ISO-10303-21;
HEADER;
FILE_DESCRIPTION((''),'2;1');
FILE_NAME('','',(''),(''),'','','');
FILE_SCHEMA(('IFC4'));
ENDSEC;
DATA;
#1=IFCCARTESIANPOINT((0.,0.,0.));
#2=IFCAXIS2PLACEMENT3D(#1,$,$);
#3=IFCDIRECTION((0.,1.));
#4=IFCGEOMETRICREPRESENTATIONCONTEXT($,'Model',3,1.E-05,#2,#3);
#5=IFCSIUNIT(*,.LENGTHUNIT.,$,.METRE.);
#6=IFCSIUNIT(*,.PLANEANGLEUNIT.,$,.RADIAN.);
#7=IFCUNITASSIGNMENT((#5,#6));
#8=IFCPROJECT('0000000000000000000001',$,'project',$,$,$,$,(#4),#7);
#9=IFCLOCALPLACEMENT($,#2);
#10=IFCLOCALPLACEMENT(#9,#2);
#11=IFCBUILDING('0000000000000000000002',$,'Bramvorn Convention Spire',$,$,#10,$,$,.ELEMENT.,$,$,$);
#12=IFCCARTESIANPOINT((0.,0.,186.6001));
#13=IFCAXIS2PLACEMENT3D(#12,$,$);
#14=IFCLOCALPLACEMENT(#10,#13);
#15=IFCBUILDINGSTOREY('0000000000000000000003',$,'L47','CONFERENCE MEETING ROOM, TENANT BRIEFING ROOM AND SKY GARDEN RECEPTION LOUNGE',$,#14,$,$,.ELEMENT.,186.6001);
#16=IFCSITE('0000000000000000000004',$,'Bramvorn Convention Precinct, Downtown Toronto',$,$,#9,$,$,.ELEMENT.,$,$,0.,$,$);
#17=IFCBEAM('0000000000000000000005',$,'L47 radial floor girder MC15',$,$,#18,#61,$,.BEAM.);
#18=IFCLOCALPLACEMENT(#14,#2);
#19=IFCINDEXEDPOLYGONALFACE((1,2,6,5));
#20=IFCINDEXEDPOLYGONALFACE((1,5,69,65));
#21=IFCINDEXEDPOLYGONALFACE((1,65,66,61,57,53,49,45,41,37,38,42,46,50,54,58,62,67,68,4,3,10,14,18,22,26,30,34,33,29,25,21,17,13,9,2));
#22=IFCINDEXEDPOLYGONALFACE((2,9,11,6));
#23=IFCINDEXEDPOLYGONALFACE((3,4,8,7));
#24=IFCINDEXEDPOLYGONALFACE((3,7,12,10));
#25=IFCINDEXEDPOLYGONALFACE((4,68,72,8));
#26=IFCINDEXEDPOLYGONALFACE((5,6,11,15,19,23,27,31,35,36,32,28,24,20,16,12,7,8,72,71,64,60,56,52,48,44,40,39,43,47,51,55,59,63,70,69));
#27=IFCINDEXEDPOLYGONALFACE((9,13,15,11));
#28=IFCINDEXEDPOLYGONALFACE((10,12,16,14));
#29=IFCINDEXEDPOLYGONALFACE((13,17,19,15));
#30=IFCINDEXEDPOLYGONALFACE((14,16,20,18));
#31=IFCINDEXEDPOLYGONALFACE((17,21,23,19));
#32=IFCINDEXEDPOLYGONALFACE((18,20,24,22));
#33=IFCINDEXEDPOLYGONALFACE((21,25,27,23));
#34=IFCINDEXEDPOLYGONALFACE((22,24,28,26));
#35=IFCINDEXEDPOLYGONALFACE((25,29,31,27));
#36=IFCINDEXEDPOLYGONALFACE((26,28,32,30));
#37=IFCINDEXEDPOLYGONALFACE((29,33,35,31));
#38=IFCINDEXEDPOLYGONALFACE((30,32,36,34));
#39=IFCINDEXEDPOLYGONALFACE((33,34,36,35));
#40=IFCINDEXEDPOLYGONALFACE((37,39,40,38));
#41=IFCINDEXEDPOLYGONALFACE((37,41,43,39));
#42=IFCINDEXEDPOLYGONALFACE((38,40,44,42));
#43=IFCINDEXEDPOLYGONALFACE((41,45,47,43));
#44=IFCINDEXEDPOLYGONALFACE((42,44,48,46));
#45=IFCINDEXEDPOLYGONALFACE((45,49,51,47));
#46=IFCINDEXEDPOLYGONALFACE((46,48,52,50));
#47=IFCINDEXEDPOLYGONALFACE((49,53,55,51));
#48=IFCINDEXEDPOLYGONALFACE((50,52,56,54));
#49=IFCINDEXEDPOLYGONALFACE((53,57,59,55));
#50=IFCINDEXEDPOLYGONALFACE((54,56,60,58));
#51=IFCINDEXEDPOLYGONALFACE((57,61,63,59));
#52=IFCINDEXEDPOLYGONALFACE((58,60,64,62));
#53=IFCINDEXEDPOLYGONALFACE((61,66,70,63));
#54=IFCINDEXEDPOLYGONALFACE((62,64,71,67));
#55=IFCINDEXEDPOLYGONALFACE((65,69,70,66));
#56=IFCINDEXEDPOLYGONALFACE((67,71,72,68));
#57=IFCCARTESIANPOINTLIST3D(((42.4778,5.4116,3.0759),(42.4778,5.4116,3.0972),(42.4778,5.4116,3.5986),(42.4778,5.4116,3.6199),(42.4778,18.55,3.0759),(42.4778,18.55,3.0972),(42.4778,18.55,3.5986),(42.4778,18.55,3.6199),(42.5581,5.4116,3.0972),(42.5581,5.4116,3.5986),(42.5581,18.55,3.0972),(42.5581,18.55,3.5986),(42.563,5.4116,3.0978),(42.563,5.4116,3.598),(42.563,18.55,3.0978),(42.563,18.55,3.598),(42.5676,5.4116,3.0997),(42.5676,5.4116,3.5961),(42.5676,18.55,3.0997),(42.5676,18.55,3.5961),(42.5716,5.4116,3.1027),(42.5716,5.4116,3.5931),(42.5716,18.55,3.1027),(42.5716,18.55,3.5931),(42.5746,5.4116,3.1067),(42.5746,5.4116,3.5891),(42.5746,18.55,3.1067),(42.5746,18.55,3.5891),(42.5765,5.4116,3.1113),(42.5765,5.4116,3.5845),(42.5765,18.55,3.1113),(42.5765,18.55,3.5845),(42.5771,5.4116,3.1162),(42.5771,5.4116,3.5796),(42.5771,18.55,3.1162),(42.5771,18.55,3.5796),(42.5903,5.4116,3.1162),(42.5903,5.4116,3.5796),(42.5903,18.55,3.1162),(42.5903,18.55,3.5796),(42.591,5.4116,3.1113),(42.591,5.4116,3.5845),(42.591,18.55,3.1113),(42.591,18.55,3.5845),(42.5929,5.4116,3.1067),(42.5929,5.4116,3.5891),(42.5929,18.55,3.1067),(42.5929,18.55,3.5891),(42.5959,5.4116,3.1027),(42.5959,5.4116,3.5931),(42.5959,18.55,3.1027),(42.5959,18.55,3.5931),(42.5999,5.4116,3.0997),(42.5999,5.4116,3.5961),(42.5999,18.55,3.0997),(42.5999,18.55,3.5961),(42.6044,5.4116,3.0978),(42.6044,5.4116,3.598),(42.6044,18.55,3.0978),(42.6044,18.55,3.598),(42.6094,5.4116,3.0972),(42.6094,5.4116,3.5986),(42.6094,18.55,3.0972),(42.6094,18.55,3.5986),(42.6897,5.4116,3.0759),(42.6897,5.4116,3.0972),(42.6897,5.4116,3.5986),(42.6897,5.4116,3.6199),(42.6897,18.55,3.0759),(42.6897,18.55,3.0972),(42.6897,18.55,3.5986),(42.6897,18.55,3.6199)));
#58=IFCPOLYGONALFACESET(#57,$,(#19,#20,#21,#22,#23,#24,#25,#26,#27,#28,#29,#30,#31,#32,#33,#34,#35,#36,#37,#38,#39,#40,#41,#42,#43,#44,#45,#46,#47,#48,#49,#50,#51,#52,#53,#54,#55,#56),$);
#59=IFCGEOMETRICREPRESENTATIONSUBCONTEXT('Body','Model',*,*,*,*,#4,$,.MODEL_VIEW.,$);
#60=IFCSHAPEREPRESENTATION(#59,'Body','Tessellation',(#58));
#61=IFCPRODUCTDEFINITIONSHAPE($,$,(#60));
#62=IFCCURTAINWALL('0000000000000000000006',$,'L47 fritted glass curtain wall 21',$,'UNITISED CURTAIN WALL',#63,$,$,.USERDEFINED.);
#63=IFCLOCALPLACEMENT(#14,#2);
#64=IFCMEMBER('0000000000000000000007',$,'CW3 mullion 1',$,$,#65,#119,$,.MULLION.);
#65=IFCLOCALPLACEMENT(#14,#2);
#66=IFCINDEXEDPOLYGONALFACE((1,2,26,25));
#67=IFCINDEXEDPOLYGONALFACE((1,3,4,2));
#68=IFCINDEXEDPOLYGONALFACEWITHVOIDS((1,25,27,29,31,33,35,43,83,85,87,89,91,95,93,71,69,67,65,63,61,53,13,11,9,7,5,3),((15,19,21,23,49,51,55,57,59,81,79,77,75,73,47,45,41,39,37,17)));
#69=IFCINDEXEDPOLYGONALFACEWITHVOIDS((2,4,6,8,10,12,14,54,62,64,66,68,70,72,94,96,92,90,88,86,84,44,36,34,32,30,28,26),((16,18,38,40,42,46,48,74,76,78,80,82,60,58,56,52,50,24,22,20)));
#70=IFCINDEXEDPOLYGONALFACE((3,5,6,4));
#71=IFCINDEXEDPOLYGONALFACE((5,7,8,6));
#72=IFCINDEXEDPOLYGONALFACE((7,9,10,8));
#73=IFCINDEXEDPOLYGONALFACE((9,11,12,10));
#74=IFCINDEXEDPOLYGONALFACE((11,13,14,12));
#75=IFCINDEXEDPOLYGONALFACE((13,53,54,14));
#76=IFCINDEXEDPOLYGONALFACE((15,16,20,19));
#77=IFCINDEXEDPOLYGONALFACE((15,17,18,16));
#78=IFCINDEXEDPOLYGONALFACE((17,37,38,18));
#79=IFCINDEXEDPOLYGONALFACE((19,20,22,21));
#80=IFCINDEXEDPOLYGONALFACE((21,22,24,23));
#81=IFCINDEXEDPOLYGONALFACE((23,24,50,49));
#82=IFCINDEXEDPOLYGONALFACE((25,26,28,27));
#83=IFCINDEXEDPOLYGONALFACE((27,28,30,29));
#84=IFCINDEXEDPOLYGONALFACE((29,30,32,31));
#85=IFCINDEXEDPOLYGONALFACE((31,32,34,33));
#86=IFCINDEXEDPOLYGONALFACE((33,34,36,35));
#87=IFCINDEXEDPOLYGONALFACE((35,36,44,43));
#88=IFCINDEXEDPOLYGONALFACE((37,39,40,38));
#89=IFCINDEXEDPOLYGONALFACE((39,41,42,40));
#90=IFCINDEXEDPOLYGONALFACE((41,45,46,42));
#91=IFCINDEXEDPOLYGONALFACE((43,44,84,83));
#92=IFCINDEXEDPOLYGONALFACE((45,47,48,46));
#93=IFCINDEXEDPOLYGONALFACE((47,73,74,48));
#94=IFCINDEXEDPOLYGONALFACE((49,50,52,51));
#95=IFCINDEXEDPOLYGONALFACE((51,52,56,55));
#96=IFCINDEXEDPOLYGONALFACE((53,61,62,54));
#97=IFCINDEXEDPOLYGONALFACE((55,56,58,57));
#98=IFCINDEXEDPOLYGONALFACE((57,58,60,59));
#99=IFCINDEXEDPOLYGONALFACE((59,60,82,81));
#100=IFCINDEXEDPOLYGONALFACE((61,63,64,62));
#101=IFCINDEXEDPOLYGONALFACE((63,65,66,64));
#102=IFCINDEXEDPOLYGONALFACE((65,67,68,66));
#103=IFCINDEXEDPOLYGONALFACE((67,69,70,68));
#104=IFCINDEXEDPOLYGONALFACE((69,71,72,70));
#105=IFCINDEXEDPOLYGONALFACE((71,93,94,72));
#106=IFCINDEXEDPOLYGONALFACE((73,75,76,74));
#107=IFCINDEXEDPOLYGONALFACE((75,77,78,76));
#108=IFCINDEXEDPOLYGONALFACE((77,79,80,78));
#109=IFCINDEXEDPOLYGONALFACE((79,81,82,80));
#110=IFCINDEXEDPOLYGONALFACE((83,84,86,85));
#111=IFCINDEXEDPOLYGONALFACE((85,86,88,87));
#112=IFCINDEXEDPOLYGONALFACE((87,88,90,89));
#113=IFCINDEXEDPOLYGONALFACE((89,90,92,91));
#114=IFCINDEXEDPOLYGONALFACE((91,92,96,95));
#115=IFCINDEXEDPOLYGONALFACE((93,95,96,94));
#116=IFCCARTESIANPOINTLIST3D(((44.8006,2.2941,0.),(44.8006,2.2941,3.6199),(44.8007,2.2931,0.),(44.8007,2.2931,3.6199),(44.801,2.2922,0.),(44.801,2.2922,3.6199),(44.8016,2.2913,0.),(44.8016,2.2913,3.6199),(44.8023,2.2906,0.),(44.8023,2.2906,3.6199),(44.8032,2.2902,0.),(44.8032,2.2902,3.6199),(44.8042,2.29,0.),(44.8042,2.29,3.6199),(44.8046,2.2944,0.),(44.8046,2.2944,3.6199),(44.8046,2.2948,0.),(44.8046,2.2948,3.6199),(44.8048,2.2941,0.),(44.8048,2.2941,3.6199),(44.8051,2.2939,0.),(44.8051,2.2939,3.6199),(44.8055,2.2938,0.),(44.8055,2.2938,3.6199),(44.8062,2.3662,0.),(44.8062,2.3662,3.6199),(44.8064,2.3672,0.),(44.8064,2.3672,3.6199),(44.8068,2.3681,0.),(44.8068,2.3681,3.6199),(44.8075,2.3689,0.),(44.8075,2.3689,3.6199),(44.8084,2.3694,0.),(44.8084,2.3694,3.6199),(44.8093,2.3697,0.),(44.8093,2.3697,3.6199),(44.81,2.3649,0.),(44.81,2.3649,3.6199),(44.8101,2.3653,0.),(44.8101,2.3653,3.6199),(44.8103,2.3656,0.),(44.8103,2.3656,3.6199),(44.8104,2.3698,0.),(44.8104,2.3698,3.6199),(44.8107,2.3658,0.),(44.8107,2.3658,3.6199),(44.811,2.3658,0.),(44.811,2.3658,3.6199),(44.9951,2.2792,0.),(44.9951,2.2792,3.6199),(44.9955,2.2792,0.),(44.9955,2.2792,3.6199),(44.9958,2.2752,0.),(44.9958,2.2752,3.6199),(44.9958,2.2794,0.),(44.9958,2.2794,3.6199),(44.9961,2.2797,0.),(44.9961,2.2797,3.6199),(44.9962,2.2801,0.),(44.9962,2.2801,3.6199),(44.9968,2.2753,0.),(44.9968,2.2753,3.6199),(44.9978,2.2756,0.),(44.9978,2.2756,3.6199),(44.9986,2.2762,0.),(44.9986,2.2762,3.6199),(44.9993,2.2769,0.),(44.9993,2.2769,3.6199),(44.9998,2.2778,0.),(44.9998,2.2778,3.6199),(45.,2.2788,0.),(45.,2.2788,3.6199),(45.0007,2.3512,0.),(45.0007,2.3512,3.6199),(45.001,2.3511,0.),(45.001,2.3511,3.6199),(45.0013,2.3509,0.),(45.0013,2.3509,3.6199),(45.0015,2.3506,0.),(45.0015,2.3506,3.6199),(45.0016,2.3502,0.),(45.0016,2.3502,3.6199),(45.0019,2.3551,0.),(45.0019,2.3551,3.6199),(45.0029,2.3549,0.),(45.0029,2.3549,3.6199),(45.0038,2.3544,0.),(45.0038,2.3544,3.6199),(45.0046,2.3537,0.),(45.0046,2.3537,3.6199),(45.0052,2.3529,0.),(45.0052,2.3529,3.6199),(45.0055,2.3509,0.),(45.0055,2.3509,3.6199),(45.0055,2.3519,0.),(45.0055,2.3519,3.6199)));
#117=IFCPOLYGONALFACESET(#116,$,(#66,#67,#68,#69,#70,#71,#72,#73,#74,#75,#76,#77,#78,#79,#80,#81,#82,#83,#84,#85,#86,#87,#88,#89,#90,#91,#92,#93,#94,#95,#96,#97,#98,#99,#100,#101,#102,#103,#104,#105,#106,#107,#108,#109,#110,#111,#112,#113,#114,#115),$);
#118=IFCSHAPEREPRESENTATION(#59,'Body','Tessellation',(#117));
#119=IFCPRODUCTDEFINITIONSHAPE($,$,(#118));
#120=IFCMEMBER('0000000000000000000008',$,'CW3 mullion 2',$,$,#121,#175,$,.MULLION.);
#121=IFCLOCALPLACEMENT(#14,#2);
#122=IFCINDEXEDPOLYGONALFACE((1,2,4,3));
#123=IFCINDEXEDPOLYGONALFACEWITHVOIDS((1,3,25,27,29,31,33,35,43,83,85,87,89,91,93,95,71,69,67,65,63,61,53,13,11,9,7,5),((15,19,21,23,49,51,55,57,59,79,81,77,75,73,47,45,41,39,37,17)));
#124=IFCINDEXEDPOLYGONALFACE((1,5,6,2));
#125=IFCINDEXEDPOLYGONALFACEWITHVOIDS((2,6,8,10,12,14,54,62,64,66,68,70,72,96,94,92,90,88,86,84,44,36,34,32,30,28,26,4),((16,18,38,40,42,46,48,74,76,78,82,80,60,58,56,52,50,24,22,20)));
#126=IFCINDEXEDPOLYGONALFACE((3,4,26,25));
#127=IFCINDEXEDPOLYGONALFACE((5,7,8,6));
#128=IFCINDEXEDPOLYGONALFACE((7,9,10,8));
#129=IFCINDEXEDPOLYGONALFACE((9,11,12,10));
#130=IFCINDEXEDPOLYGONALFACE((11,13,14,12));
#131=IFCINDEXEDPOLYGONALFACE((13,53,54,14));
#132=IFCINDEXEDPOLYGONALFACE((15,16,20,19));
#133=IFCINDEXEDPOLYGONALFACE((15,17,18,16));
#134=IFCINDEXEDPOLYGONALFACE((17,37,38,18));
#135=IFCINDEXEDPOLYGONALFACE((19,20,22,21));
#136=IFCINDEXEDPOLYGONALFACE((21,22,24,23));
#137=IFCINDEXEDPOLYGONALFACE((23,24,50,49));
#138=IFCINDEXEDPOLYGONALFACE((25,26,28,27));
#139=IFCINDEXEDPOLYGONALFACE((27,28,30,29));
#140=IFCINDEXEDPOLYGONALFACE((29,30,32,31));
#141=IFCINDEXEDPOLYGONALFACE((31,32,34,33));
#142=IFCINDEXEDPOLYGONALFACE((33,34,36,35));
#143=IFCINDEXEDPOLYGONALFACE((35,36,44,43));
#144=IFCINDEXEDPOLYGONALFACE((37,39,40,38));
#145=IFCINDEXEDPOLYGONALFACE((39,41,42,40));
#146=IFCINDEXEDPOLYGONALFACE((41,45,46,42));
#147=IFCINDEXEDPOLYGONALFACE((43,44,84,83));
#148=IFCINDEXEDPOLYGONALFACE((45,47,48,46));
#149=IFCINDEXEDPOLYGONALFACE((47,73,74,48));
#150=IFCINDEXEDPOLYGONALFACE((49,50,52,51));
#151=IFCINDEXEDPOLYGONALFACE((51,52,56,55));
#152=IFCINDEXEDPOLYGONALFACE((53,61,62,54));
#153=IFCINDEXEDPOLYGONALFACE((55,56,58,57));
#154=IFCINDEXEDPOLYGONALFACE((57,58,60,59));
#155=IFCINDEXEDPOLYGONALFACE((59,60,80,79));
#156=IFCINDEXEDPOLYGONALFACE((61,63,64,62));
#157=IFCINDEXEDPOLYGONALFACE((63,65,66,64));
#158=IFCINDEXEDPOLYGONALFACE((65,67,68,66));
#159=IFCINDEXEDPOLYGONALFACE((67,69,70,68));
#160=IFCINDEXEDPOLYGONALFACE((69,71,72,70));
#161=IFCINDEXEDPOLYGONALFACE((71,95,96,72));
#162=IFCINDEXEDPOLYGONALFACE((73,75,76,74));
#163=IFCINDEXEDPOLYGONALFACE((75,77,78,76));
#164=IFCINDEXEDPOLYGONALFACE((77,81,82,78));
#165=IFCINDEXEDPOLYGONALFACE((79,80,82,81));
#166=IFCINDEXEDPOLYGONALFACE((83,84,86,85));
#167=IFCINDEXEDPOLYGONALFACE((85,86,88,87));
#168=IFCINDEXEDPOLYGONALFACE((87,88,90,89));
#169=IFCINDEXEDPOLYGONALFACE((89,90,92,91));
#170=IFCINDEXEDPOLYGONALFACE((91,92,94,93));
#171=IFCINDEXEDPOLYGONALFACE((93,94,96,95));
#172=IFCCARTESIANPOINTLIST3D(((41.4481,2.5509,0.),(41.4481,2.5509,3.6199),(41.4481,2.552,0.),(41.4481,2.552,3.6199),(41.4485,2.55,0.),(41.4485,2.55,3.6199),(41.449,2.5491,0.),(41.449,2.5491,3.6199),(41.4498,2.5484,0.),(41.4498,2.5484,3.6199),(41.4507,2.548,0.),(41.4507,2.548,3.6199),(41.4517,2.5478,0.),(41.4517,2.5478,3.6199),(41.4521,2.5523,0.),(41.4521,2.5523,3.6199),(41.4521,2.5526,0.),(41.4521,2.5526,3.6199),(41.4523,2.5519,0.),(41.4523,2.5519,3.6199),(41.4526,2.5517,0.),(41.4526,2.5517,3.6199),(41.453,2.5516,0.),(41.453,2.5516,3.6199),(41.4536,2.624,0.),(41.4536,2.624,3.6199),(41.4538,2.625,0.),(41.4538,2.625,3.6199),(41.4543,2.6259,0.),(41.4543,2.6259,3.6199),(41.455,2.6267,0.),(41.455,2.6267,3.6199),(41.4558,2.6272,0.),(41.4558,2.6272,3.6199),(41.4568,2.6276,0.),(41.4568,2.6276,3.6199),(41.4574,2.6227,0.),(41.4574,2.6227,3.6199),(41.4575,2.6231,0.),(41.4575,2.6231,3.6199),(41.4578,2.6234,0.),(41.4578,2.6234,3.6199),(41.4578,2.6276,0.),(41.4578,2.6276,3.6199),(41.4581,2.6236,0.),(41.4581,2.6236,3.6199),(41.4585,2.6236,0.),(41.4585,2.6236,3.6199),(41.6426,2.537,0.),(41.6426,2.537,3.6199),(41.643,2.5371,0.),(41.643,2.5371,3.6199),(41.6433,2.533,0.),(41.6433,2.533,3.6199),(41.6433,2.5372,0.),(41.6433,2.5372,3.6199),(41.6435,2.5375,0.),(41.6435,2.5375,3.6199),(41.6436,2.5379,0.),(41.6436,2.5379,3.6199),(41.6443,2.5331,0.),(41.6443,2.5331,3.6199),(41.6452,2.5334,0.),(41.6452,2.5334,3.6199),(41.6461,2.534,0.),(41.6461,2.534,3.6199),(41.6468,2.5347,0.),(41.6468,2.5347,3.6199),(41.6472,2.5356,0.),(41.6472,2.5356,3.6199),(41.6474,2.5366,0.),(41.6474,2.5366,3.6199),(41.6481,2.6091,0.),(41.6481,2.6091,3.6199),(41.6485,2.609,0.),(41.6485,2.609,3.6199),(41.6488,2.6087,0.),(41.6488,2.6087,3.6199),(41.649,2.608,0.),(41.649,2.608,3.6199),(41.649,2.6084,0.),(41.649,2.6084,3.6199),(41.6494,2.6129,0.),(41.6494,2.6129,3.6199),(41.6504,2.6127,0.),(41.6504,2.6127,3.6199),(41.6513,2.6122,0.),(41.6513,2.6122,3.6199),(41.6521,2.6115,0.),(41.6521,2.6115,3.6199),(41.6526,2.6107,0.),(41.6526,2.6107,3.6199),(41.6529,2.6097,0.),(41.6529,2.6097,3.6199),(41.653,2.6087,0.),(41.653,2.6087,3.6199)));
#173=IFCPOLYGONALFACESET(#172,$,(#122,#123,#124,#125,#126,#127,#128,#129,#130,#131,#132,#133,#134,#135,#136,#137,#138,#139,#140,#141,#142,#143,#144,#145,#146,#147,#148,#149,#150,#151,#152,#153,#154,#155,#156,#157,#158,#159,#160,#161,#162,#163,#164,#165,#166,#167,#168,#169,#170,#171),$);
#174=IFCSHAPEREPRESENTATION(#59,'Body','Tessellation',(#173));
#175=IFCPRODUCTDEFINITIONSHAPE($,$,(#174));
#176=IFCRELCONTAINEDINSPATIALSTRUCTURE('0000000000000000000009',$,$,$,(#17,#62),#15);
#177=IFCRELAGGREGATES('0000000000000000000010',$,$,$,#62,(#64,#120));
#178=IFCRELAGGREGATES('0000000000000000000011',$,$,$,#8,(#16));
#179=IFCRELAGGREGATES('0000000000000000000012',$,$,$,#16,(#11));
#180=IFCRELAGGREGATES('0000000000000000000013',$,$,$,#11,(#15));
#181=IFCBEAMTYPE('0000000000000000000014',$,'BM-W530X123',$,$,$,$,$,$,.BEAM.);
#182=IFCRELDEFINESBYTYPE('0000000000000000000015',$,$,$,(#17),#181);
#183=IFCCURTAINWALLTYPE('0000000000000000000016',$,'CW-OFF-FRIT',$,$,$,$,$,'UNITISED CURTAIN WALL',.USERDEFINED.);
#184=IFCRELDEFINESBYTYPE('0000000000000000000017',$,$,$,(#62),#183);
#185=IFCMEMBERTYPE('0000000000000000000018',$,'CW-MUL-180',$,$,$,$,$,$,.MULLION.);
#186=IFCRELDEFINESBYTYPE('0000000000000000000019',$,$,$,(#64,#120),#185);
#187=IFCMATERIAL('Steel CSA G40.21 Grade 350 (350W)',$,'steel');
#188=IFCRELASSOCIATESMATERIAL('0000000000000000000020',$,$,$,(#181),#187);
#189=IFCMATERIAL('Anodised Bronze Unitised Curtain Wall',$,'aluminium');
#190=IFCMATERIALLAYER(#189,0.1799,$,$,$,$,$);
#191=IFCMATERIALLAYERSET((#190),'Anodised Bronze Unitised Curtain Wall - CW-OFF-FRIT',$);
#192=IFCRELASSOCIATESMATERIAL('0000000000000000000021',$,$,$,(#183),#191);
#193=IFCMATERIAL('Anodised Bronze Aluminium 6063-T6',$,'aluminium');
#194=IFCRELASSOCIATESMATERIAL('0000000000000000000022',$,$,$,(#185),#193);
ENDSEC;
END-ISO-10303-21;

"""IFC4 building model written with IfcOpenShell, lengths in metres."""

from ifc_helpers import new_model, si_unit, direction, frame, origin, origin_2d, place, context, subcontext, project, spatial, hollow_rectangle, i_section, extrude, material, layer, layer_set, material_profile, profile_set, type_object, element, aggregate, save


model = new_model("IFC4")

# Units and contexts
model_context = context("Model", 3, precision=1e-05, world=origin(), true_north=direction((0.0, 1.0)))
body_context = subcontext(model_context, "Body", "Model", "MODEL_VIEW")
ifc_project = project(units=[si_unit("LENGTHUNIT", "METRE"), si_unit("PLANEANGLEUNIT", "RADIAN")], contexts=[model_context])

# Site, building, storey
site_placement = place(None, origin())
site = spatial("IfcSite", under=ifc_project, at=site_placement, Name="Bramvorn Convention Precinct, Downtown Toronto", CompositionType="ELEMENT", RefElevation=0.0)
building_placement = place(site_placement, origin())
building = spatial("IfcBuilding", under=site, at=building_placement, Name="Bramvorn Convention Spire", CompositionType="ELEMENT")
storey_placement = place(building_placement, frame((0.0, 0.0, 186.6001)))
storey = spatial("IfcBuildingStorey", under=building, at=storey_placement, Name="L47", Description="CONFERENCE MEETING ROOM, TENANT BRIEFING ROOM AND SKY GARDEN RECEPTION LOUNGE", CompositionType="ELEMENT", Elevation=186.6001)

# Shared definitions
ifc_material_1 = material(Name="Steel CSA G40.21 Grade 350 (350W)", Category="steel")

# Beam
ifc_material_profile_1 = material_profile(ifc_material_1, i_section(OverallWidth=0.2119, OverallDepth=0.5439, WebThickness=0.0132, FlangeThickness=0.0212, FilletRadius=0.019, at=origin_2d()))
ifc_profile_set_1 = profile_set([ifc_material_profile_1], Name="Steel CSA G40.21 Grade 350 (350W) - W530X123")
beam_type_1 = type_object("IfcBeamType", Name="BM-W530X123", PredefinedType="BEAM", material=ifc_profile_set_1)
beam_1_placement = place(storey_placement, frame((42.5837, 18.55, 3.3479), z_axis=(0.0, -1.0, 0.0), x_axis=(1.0, 0.0, 0.0)))
element("IfcBeam", 1, at=beam_1_placement, inside=storey, type_object=beam_type_1, Name="L47 radial floor girder MC15", PredefinedType="BEAM", context=body_context, shape_type="SweptSolid", body=[
    extrude(i_section(OverallWidth=0.2119, OverallDepth=0.5439, WebThickness=0.0132, FlangeThickness=0.0212, FilletRadius=0.019, at=origin_2d()), origin(), (0.0, 0.0, 1.0), 13.1384),
])

# Curtain wall, members
ifc_material_2 = material(Name="Anodised Bronze Unitised Curtain Wall", Category="aluminium")
ifc_layer_1 = layer(ifc_material_2, 0.1799)
ifc_layer_set_1 = layer_set([ifc_layer_1], Name="Anodised Bronze Unitised Curtain Wall - CW-OFF-FRIT")
curtain_wall_type = type_object("IfcCurtainWallType", Name="CW-OFF-FRIT", ElementType="UNITISED CURTAIN WALL", PredefinedType="USERDEFINED", material=ifc_layer_set_1)
curtain_wall_1_placement = place(storey_placement, origin())
curtain_wall_1 = element("IfcCurtainWall", 2, at=curtain_wall_1_placement, inside=storey, type_object=curtain_wall_type, Name="L47 fritted glass curtain wall 21", ObjectType="UNITISED CURTAIN WALL", PredefinedType="USERDEFINED")
ifc_material_3 = material(Name="Anodised Bronze Aluminium 6063-T6", Category="aluminium")
ifc_material_profile_2 = material_profile(ifc_material_3, hollow_rectangle(XDim=0.0801, YDim=0.2, WallThickness=0.0039, InnerFilletRadius=0.001, OuterFilletRadius=0.0039, at=origin_2d()))
ifc_profile_set_2 = profile_set([ifc_material_profile_2], Name="Anodised Bronze Aluminium 6063-T6 - CWM80X200")
member_type_1 = type_object("IfcMemberType", Name="CW-MUL-180", PredefinedType="MULLION", material=ifc_profile_set_2)
member_1_placement = place(storey_placement, frame((44.9031, 2.3225, 0.0), z_axis=(0.0, 0.0, 1.0), x_axis=(-0.076659, -0.997057, 0.0)))
member_1 = element("IfcMember", 3, at=member_1_placement, type_object=member_type_1, Name="CW3 mullion 1", PredefinedType="MULLION", context=body_context, shape_type="SweptSolid", body=[
    extrude(hollow_rectangle(XDim=0.0801, YDim=0.2, WallThickness=0.0039, InnerFilletRadius=0.001, OuterFilletRadius=0.0039, at=origin_2d()), origin(), (0.0, 0.0, 1.0), 3.6199),
])
member_2_placement = place(storey_placement, frame((41.5505, 2.5803, 0.0), z_axis=(0.0, 0.0, 1.0), x_axis=(-0.076659, -0.997057, 0.0)))
member_2 = element("IfcMember", 4, at=member_2_placement, type_object=member_type_1, Name="CW3 mullion 2", PredefinedType="MULLION", context=body_context, shape_type="SweptSolid", body=[
    extrude(hollow_rectangle(XDim=0.0801, YDim=0.2, WallThickness=0.0039, InnerFilletRadius=0.001, OuterFilletRadius=0.0039, at=origin_2d()), origin(), (0.0, 0.0, 1.0), 3.6199),
])

aggregate(curtain_wall_1, [member_1, member_2])

save(model, "model.ifc")
